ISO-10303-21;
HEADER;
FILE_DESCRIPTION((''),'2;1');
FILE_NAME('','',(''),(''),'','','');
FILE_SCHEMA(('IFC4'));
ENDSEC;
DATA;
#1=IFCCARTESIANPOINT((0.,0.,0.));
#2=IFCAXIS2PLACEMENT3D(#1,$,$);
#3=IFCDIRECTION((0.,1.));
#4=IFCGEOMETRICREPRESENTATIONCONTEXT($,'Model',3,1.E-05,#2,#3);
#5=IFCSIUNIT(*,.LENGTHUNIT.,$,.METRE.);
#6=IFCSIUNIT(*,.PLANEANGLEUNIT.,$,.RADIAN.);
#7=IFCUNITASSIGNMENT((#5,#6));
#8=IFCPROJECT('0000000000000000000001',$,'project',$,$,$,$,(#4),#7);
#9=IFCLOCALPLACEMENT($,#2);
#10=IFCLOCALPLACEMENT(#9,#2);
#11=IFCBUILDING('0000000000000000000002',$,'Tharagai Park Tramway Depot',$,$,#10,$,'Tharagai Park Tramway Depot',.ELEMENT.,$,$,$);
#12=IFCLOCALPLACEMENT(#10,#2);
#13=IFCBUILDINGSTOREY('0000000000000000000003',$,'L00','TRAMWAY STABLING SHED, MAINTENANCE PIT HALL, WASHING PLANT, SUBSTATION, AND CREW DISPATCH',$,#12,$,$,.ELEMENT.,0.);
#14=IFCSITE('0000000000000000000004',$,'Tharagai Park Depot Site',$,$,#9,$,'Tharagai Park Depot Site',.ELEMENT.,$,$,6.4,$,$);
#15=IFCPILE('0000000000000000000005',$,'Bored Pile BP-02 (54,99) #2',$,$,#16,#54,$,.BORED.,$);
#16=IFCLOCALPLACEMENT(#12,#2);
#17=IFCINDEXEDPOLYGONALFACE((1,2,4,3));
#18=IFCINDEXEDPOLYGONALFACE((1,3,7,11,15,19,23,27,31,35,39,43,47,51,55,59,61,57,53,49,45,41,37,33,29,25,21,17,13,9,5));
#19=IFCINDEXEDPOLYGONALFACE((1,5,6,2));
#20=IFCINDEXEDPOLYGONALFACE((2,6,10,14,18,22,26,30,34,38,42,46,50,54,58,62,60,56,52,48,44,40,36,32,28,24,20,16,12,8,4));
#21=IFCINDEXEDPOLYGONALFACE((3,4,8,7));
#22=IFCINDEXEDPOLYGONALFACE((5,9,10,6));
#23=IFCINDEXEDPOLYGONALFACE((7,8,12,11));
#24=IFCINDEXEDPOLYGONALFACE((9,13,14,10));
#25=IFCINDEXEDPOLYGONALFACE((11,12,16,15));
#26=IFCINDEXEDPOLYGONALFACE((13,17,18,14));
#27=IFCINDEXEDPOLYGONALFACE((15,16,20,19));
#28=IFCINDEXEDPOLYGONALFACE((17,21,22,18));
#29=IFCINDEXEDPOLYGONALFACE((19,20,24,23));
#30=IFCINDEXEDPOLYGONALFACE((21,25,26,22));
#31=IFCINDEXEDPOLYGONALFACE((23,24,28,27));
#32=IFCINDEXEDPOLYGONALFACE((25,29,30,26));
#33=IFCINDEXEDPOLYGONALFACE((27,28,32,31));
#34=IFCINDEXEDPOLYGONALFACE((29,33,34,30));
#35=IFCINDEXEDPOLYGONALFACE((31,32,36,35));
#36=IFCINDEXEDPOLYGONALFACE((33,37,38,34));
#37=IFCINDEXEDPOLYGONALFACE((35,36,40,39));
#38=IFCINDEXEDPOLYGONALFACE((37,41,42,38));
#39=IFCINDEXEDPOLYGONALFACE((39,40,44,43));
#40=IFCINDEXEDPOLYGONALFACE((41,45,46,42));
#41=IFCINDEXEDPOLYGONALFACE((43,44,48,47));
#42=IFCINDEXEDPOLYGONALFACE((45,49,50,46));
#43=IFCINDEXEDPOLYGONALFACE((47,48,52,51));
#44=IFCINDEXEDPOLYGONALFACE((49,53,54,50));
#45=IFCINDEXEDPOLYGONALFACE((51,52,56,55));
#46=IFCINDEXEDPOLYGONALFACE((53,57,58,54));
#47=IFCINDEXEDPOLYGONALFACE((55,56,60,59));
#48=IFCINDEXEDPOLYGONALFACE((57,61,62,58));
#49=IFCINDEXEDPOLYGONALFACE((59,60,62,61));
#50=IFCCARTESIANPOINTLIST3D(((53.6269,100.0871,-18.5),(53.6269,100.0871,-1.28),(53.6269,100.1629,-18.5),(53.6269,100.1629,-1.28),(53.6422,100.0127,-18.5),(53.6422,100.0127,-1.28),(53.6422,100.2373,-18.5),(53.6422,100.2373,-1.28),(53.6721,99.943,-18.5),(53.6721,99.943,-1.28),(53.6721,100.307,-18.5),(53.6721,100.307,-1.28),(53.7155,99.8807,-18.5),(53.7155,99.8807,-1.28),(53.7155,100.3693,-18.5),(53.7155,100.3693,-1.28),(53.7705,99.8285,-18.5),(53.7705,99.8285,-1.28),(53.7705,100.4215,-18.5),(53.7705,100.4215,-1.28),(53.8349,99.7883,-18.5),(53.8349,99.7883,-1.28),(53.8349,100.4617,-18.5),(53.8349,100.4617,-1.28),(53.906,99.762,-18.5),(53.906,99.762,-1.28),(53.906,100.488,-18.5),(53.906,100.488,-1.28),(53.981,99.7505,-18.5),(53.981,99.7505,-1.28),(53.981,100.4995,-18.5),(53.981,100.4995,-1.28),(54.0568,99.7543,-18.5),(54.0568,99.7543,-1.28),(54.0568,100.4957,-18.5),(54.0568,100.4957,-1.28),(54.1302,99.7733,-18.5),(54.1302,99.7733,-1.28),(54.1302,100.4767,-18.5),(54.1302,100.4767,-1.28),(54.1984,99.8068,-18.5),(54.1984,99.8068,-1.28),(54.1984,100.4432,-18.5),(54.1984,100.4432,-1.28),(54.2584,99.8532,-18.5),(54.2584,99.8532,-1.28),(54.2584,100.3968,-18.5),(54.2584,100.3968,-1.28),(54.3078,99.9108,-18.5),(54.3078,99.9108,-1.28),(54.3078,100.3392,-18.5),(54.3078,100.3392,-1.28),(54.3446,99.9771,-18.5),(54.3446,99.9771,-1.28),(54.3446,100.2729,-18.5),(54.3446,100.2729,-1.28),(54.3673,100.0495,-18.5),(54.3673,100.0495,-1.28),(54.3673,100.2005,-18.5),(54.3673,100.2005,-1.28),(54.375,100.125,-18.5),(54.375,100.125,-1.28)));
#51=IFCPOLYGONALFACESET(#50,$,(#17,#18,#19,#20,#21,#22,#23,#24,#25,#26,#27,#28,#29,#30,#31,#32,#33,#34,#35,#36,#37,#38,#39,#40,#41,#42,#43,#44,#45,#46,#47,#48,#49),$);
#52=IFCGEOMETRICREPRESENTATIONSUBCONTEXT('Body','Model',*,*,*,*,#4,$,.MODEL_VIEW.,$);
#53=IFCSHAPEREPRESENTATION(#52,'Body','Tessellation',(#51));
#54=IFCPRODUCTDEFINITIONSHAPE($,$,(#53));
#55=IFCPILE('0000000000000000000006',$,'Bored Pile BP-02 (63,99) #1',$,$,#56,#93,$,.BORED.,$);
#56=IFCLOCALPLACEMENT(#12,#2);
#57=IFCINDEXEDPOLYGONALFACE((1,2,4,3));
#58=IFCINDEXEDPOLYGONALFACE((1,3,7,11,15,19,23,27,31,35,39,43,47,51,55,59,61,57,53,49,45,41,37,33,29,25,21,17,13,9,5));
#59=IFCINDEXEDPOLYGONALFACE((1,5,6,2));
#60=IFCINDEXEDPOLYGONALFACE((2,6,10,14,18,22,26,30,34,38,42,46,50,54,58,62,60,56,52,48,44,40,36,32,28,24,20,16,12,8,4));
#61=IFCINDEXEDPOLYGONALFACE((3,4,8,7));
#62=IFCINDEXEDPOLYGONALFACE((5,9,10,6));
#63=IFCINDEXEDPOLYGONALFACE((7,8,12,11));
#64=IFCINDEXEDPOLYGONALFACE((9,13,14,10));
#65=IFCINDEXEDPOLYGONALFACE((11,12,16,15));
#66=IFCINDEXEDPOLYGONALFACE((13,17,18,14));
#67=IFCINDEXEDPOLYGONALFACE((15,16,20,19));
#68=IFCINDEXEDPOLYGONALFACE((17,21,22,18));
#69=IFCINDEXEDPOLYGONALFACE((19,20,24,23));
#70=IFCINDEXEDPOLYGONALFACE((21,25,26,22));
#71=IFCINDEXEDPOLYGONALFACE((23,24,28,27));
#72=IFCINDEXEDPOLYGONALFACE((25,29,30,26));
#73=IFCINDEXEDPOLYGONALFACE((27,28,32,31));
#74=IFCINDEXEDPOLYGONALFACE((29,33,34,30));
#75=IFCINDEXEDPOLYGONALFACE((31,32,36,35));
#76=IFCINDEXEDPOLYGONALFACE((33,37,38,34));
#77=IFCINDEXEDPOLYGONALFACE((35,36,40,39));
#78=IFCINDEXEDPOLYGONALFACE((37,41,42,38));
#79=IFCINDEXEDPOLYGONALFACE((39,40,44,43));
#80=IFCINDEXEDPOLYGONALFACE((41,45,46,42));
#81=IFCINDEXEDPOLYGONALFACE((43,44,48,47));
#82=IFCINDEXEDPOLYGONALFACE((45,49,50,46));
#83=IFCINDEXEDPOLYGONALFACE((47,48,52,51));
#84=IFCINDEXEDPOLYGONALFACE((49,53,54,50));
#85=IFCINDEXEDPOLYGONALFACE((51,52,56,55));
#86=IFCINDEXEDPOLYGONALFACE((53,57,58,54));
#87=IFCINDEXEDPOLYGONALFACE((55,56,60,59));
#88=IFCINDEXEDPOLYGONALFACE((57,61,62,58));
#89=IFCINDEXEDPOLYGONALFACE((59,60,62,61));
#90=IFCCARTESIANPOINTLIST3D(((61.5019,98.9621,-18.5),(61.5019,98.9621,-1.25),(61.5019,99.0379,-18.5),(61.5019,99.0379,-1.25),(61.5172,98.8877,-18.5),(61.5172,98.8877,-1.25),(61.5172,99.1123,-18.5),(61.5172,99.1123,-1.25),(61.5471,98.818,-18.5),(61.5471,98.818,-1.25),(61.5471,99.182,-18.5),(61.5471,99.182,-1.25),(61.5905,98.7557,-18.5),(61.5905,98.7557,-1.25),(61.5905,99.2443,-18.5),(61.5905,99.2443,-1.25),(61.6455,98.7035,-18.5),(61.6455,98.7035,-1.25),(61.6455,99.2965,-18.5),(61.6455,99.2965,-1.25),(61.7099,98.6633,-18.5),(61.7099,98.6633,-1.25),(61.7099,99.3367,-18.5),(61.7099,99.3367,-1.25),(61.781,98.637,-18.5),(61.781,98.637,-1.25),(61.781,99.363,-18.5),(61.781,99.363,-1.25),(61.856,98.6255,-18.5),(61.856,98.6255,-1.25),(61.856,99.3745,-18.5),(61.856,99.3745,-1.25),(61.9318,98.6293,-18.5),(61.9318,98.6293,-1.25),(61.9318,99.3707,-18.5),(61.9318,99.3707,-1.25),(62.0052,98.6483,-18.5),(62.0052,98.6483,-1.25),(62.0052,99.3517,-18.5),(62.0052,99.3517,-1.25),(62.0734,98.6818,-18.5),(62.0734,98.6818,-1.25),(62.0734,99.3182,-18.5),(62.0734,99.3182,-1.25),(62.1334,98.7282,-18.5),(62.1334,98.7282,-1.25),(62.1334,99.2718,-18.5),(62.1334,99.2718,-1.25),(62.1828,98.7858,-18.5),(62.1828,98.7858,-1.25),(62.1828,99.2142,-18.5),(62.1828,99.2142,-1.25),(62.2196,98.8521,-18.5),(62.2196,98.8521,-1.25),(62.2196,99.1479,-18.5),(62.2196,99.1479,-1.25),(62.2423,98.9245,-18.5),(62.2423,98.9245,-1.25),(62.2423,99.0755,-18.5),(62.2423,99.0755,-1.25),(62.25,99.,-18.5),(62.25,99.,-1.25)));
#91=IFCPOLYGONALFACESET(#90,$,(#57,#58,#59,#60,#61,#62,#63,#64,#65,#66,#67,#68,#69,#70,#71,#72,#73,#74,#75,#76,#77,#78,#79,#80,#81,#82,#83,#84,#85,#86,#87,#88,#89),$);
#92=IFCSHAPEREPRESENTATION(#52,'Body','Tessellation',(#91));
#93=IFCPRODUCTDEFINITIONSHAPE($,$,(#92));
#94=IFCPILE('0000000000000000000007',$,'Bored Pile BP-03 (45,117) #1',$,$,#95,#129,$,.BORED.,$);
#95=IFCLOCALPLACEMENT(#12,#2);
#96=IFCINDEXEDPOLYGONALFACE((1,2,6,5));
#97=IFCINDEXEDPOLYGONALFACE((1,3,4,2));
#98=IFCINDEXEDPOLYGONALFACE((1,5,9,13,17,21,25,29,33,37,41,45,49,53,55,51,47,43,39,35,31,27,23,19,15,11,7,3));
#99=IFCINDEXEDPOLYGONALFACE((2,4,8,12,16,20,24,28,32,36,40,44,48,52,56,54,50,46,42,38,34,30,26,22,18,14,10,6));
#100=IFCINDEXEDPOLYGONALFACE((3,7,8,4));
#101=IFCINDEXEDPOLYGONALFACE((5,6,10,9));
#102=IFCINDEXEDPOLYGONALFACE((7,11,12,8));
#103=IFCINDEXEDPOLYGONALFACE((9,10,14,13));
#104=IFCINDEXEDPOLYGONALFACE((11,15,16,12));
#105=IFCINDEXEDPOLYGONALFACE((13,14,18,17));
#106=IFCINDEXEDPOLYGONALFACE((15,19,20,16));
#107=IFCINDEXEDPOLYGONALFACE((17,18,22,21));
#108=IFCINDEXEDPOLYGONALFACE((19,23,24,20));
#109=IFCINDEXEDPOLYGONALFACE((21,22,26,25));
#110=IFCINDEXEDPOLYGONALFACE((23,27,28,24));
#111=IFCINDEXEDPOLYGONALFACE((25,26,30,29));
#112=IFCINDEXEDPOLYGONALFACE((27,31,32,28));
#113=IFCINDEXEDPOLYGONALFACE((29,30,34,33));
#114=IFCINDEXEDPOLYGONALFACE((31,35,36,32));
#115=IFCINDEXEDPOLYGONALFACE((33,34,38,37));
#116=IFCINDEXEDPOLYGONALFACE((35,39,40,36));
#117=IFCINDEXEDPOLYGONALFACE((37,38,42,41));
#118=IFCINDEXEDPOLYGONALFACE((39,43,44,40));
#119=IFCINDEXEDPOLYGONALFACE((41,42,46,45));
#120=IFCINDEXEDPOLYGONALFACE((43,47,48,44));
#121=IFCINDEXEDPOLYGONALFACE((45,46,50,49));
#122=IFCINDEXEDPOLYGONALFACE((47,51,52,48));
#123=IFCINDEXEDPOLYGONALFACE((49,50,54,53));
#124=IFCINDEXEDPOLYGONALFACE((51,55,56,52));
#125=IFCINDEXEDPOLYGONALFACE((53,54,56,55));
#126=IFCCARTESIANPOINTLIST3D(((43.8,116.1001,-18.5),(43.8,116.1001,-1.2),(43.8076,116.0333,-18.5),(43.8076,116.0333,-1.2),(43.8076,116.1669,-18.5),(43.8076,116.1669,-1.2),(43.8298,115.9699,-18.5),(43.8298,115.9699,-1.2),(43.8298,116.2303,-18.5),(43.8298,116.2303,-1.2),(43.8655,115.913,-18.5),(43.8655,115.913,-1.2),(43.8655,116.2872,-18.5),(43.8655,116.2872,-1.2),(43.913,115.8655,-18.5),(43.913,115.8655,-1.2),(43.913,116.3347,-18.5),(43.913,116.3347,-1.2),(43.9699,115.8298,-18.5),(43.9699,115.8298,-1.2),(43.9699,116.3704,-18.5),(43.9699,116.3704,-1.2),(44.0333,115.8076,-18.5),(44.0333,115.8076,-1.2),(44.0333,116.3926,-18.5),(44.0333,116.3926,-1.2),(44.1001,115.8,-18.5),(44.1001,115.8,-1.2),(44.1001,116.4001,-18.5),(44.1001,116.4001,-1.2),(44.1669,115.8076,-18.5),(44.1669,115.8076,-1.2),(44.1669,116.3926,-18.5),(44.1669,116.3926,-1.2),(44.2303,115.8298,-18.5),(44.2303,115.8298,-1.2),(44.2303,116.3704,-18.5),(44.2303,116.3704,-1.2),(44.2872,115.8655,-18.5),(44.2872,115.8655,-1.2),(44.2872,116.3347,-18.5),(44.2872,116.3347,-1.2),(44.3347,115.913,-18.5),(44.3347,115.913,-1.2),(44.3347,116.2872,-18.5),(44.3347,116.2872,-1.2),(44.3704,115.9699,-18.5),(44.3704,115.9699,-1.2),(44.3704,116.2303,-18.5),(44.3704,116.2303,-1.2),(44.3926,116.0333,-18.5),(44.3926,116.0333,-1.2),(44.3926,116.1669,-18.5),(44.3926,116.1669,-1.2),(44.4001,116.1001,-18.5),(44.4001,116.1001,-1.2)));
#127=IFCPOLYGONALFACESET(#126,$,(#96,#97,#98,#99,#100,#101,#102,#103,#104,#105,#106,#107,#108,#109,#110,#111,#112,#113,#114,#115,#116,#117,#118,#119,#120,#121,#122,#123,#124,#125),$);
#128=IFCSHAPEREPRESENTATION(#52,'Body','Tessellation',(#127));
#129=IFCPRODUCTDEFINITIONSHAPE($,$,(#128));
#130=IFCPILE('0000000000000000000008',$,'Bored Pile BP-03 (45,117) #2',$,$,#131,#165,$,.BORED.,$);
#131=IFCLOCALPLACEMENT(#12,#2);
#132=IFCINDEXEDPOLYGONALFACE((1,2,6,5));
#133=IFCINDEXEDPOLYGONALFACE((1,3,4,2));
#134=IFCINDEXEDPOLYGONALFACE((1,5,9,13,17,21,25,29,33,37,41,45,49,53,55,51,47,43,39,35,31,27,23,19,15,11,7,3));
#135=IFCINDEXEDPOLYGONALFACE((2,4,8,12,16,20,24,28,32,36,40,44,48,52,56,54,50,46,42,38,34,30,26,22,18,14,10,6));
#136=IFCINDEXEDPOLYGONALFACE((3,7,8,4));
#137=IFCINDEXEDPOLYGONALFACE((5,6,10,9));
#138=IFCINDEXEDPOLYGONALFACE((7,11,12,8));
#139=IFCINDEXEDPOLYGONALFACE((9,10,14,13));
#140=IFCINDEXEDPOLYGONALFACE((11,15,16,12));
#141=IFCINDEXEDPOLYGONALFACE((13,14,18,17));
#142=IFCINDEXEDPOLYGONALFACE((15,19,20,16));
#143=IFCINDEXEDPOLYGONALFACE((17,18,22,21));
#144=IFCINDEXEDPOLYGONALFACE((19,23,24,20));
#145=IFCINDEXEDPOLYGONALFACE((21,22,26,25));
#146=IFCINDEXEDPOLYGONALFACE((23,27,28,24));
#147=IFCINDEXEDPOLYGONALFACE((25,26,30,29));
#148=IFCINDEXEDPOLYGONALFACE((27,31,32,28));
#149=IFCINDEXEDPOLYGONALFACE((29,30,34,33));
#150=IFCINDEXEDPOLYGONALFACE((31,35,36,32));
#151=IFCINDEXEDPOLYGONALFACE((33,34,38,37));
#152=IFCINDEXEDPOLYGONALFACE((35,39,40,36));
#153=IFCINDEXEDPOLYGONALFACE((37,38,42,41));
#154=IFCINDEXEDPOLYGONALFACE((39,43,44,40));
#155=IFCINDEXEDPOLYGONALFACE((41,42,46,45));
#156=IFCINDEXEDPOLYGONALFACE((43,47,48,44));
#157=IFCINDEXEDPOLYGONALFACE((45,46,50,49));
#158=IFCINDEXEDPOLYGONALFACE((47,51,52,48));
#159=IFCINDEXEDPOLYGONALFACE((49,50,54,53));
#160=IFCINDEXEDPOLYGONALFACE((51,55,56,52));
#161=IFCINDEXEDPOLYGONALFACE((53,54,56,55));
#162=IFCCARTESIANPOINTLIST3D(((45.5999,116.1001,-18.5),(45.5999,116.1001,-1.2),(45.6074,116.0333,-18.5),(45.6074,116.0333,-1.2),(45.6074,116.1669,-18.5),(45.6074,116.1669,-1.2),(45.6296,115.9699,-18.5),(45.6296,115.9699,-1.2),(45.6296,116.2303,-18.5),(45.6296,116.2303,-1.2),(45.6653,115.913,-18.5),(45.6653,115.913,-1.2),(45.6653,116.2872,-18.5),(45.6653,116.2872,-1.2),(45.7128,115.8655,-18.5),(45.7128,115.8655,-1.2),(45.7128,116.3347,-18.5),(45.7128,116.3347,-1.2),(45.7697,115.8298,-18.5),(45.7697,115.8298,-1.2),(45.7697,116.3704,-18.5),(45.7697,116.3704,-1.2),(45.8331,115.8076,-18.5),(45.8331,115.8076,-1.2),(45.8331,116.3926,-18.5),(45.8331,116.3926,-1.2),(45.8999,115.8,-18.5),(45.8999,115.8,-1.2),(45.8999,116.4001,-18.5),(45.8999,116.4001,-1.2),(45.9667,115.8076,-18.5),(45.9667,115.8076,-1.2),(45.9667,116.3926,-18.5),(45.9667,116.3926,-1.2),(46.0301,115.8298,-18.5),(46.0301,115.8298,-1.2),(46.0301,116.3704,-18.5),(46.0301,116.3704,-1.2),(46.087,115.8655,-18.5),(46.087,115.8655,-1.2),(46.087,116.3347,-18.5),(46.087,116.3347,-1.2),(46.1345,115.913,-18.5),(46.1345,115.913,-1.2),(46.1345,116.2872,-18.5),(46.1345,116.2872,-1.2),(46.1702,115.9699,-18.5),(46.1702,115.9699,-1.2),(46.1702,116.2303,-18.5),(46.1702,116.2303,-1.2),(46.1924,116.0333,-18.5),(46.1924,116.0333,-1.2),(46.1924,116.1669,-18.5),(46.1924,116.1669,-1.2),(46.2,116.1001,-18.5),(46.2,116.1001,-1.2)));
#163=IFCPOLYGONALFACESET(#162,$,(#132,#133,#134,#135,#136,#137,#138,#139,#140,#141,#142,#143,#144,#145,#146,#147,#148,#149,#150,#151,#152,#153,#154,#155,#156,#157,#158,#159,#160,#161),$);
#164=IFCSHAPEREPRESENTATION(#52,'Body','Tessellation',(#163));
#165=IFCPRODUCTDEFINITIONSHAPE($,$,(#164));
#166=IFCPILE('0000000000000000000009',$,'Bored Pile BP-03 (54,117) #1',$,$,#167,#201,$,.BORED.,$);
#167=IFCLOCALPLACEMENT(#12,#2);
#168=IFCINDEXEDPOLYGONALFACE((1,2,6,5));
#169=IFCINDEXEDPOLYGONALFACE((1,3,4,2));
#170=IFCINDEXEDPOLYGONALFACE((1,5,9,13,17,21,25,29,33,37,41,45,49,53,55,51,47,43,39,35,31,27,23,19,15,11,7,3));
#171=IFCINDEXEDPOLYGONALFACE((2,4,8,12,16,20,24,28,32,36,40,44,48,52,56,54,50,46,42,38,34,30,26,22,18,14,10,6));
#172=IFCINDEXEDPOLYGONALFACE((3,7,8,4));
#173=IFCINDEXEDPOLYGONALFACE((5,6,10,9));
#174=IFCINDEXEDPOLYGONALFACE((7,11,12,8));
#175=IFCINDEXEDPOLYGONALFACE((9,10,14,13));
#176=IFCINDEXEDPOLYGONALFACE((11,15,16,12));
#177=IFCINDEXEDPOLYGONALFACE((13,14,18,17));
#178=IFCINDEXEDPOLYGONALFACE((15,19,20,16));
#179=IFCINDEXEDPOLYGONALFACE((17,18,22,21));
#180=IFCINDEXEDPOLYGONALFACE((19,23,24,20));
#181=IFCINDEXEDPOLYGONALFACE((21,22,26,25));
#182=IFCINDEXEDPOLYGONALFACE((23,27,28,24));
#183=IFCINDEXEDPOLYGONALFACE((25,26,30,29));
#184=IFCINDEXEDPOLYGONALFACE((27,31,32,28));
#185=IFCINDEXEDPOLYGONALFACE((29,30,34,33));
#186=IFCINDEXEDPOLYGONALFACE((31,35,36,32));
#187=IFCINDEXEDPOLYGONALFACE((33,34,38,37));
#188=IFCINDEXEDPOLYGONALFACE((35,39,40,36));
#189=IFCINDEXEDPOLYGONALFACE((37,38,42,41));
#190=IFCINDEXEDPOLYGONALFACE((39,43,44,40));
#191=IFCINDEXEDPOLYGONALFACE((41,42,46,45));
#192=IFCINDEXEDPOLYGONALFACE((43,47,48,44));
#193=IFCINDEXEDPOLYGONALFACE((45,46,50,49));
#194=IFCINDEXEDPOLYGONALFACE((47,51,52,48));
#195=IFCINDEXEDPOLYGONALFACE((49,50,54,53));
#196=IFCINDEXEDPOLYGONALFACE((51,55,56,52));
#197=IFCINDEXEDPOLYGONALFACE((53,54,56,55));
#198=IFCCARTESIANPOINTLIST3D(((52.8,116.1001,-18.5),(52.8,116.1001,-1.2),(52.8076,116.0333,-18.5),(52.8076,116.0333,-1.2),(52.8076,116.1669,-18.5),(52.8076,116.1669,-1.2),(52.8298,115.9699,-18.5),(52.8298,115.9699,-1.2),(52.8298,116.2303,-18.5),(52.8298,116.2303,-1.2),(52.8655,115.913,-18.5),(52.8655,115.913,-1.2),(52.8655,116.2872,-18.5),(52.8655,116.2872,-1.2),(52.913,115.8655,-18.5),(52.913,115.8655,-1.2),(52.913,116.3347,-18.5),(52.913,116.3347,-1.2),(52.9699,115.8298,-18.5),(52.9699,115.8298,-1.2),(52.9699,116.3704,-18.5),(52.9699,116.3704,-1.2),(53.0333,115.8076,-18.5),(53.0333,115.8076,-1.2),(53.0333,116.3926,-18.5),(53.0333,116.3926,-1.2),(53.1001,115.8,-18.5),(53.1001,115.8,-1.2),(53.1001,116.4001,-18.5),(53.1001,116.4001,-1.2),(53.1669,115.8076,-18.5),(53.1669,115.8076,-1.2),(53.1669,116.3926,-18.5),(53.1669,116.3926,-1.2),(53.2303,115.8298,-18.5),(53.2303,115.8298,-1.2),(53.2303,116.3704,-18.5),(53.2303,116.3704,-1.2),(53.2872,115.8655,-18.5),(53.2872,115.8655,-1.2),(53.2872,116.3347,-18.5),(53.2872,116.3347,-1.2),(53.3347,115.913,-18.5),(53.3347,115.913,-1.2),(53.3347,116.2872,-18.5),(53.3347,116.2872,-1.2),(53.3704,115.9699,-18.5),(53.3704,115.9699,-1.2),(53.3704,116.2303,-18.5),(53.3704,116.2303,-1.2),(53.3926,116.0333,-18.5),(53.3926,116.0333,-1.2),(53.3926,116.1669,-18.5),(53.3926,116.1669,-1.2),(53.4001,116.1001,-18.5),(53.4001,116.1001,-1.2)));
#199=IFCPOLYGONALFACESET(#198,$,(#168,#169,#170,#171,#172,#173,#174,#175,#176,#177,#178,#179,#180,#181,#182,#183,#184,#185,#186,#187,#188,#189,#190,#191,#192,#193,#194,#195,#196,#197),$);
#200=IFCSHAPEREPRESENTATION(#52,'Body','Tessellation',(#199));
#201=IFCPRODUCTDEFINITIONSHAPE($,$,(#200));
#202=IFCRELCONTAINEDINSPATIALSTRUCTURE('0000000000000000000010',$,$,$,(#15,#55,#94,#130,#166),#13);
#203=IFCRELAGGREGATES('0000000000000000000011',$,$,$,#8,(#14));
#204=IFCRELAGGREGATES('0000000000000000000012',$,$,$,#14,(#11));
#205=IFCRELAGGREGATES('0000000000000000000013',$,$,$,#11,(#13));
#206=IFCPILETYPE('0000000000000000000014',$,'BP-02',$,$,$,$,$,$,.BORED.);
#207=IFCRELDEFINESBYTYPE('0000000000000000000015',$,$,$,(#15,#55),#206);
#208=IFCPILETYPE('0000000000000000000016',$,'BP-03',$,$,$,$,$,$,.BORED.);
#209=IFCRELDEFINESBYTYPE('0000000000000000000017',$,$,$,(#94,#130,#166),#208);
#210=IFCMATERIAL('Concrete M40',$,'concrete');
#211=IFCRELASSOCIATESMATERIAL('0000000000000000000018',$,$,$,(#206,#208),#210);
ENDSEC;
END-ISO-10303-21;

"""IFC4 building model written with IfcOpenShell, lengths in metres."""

from ifc_helpers import new_model, si_unit, direction, frame, origin, origin_2d, place, context, subcontext, project, spatial, circle, extrude, material, material_profile, profile_set, type_object, element, save


model = new_model("IFC4")

# Units and contexts
model_context = context("Model", 3, precision=1e-05, world=origin(), true_north=direction((0.0, 1.0)))
body_context = subcontext(model_context, "Body", "Model", "MODEL_VIEW")
ifc_project = project(units=[si_unit("LENGTHUNIT", "METRE"), si_unit("PLANEANGLEUNIT", "RADIAN")], contexts=[model_context])

# Site, building, storey
site_placement = place(None, origin())
site = spatial("IfcSite", under=ifc_project, at=site_placement, Name="Tharagai Park Depot Site", LongName="Tharagai Park Depot Site", CompositionType="ELEMENT", RefElevation=6.4)
building_placement = place(site_placement, origin())
building = spatial("IfcBuilding", under=site, at=building_placement, Name="Tharagai Park Tramway Depot", LongName="Tharagai Park Tramway Depot", CompositionType="ELEMENT")
storey_placement = place(building_placement, origin())
storey = spatial("IfcBuildingStorey", under=building, at=storey_placement, Name="L00", Description="TRAMWAY STABLING SHED, MAINTENANCE PIT HALL, WASHING PLANT, SUBSTATION, AND CREW DISPATCH", CompositionType="ELEMENT", Elevation=0.0)

# Piles
ifc_material_1 = material(Name="Concrete M40", Category="concrete")
ifc_material_profile_1 = material_profile(ifc_material_1, circle(Radius=0.375, at=origin_2d()), Name="PILE D750")
ifc_profile_set_1 = profile_set([ifc_material_profile_1], Name="Concrete M40")
pile_type_1 = type_object("IfcPileType", Name="BP-02", PredefinedType="BORED", material=ifc_profile_set_1)
for number, where, z_axis, x_axis, name in (
    (1, (54.0, 100.125, -1.28), (0.0, 0.0, -1.0), (1.0, 0.0, 0.0), "Bored Pile BP-02 (54,99) #2"),
):
    element("IfcPile", number, at=place(storey_placement, frame(where, z_axis=z_axis, x_axis=x_axis)), inside=storey, type_object=pile_type_1, Name=name, PredefinedType="BORED", context=body_context, shape_type="SweptSolid", body=[
        extrude(circle(Radius=0.375, at=origin_2d()), origin(), (0.0, 0.0, 1.0), 17.22),
    ])
pile_1_placement = place(storey_placement, frame((61.875, 99.0, -1.25), z_axis=(0.0, 0.0, -1.0), x_axis=(1.0, 0.0, 0.0)))
element("IfcPile", 2, at=pile_1_placement, inside=storey, type_object=pile_type_1, Name="Bored Pile BP-02 (63,99) #1", PredefinedType="BORED", context=body_context, shape_type="SweptSolid", body=[
    extrude(circle(Radius=0.375, at=origin_2d()), origin(), (0.0, 0.0, 1.0), 17.25),
])
ifc_material_profile_2 = material_profile(ifc_material_1, circle(Radius=0.3, at=origin_2d()), Name="PILE D600")
ifc_profile_set_2 = profile_set([ifc_material_profile_2], Name="Concrete M40")
pile_type_2 = type_object("IfcPileType", Name="BP-03", PredefinedType="BORED", material=ifc_profile_set_2)
for number, where, z_axis, x_axis, name in (
    (3, (44.1001, 116.1001, -1.2), (0.0, 0.0, -1.0), (1.0, 0.0, 0.0), "Bored Pile BP-03 (45,117) #1"),
    (4, (45.8999, 116.1001, -1.2), (0.0, 0.0, -1.0), (1.0, 0.0, 0.0), "Bored Pile BP-03 (45,117) #2"),
    (5, (53.1001, 116.1001, -1.2), (0.0, 0.0, -1.0), (1.0, 0.0, 0.0), "Bored Pile BP-03 (54,117) #1"),
):
    element("IfcPile", number, at=place(storey_placement, frame(where, z_axis=z_axis, x_axis=x_axis)), inside=storey, type_object=pile_type_2, Name=name, PredefinedType="BORED", context=body_context, shape_type="SweptSolid", body=[
        extrude(circle(Radius=0.3, at=origin_2d()), origin(), (0.0, 0.0, 1.0), 17.3),
    ])

save(model, "model.ifc")
